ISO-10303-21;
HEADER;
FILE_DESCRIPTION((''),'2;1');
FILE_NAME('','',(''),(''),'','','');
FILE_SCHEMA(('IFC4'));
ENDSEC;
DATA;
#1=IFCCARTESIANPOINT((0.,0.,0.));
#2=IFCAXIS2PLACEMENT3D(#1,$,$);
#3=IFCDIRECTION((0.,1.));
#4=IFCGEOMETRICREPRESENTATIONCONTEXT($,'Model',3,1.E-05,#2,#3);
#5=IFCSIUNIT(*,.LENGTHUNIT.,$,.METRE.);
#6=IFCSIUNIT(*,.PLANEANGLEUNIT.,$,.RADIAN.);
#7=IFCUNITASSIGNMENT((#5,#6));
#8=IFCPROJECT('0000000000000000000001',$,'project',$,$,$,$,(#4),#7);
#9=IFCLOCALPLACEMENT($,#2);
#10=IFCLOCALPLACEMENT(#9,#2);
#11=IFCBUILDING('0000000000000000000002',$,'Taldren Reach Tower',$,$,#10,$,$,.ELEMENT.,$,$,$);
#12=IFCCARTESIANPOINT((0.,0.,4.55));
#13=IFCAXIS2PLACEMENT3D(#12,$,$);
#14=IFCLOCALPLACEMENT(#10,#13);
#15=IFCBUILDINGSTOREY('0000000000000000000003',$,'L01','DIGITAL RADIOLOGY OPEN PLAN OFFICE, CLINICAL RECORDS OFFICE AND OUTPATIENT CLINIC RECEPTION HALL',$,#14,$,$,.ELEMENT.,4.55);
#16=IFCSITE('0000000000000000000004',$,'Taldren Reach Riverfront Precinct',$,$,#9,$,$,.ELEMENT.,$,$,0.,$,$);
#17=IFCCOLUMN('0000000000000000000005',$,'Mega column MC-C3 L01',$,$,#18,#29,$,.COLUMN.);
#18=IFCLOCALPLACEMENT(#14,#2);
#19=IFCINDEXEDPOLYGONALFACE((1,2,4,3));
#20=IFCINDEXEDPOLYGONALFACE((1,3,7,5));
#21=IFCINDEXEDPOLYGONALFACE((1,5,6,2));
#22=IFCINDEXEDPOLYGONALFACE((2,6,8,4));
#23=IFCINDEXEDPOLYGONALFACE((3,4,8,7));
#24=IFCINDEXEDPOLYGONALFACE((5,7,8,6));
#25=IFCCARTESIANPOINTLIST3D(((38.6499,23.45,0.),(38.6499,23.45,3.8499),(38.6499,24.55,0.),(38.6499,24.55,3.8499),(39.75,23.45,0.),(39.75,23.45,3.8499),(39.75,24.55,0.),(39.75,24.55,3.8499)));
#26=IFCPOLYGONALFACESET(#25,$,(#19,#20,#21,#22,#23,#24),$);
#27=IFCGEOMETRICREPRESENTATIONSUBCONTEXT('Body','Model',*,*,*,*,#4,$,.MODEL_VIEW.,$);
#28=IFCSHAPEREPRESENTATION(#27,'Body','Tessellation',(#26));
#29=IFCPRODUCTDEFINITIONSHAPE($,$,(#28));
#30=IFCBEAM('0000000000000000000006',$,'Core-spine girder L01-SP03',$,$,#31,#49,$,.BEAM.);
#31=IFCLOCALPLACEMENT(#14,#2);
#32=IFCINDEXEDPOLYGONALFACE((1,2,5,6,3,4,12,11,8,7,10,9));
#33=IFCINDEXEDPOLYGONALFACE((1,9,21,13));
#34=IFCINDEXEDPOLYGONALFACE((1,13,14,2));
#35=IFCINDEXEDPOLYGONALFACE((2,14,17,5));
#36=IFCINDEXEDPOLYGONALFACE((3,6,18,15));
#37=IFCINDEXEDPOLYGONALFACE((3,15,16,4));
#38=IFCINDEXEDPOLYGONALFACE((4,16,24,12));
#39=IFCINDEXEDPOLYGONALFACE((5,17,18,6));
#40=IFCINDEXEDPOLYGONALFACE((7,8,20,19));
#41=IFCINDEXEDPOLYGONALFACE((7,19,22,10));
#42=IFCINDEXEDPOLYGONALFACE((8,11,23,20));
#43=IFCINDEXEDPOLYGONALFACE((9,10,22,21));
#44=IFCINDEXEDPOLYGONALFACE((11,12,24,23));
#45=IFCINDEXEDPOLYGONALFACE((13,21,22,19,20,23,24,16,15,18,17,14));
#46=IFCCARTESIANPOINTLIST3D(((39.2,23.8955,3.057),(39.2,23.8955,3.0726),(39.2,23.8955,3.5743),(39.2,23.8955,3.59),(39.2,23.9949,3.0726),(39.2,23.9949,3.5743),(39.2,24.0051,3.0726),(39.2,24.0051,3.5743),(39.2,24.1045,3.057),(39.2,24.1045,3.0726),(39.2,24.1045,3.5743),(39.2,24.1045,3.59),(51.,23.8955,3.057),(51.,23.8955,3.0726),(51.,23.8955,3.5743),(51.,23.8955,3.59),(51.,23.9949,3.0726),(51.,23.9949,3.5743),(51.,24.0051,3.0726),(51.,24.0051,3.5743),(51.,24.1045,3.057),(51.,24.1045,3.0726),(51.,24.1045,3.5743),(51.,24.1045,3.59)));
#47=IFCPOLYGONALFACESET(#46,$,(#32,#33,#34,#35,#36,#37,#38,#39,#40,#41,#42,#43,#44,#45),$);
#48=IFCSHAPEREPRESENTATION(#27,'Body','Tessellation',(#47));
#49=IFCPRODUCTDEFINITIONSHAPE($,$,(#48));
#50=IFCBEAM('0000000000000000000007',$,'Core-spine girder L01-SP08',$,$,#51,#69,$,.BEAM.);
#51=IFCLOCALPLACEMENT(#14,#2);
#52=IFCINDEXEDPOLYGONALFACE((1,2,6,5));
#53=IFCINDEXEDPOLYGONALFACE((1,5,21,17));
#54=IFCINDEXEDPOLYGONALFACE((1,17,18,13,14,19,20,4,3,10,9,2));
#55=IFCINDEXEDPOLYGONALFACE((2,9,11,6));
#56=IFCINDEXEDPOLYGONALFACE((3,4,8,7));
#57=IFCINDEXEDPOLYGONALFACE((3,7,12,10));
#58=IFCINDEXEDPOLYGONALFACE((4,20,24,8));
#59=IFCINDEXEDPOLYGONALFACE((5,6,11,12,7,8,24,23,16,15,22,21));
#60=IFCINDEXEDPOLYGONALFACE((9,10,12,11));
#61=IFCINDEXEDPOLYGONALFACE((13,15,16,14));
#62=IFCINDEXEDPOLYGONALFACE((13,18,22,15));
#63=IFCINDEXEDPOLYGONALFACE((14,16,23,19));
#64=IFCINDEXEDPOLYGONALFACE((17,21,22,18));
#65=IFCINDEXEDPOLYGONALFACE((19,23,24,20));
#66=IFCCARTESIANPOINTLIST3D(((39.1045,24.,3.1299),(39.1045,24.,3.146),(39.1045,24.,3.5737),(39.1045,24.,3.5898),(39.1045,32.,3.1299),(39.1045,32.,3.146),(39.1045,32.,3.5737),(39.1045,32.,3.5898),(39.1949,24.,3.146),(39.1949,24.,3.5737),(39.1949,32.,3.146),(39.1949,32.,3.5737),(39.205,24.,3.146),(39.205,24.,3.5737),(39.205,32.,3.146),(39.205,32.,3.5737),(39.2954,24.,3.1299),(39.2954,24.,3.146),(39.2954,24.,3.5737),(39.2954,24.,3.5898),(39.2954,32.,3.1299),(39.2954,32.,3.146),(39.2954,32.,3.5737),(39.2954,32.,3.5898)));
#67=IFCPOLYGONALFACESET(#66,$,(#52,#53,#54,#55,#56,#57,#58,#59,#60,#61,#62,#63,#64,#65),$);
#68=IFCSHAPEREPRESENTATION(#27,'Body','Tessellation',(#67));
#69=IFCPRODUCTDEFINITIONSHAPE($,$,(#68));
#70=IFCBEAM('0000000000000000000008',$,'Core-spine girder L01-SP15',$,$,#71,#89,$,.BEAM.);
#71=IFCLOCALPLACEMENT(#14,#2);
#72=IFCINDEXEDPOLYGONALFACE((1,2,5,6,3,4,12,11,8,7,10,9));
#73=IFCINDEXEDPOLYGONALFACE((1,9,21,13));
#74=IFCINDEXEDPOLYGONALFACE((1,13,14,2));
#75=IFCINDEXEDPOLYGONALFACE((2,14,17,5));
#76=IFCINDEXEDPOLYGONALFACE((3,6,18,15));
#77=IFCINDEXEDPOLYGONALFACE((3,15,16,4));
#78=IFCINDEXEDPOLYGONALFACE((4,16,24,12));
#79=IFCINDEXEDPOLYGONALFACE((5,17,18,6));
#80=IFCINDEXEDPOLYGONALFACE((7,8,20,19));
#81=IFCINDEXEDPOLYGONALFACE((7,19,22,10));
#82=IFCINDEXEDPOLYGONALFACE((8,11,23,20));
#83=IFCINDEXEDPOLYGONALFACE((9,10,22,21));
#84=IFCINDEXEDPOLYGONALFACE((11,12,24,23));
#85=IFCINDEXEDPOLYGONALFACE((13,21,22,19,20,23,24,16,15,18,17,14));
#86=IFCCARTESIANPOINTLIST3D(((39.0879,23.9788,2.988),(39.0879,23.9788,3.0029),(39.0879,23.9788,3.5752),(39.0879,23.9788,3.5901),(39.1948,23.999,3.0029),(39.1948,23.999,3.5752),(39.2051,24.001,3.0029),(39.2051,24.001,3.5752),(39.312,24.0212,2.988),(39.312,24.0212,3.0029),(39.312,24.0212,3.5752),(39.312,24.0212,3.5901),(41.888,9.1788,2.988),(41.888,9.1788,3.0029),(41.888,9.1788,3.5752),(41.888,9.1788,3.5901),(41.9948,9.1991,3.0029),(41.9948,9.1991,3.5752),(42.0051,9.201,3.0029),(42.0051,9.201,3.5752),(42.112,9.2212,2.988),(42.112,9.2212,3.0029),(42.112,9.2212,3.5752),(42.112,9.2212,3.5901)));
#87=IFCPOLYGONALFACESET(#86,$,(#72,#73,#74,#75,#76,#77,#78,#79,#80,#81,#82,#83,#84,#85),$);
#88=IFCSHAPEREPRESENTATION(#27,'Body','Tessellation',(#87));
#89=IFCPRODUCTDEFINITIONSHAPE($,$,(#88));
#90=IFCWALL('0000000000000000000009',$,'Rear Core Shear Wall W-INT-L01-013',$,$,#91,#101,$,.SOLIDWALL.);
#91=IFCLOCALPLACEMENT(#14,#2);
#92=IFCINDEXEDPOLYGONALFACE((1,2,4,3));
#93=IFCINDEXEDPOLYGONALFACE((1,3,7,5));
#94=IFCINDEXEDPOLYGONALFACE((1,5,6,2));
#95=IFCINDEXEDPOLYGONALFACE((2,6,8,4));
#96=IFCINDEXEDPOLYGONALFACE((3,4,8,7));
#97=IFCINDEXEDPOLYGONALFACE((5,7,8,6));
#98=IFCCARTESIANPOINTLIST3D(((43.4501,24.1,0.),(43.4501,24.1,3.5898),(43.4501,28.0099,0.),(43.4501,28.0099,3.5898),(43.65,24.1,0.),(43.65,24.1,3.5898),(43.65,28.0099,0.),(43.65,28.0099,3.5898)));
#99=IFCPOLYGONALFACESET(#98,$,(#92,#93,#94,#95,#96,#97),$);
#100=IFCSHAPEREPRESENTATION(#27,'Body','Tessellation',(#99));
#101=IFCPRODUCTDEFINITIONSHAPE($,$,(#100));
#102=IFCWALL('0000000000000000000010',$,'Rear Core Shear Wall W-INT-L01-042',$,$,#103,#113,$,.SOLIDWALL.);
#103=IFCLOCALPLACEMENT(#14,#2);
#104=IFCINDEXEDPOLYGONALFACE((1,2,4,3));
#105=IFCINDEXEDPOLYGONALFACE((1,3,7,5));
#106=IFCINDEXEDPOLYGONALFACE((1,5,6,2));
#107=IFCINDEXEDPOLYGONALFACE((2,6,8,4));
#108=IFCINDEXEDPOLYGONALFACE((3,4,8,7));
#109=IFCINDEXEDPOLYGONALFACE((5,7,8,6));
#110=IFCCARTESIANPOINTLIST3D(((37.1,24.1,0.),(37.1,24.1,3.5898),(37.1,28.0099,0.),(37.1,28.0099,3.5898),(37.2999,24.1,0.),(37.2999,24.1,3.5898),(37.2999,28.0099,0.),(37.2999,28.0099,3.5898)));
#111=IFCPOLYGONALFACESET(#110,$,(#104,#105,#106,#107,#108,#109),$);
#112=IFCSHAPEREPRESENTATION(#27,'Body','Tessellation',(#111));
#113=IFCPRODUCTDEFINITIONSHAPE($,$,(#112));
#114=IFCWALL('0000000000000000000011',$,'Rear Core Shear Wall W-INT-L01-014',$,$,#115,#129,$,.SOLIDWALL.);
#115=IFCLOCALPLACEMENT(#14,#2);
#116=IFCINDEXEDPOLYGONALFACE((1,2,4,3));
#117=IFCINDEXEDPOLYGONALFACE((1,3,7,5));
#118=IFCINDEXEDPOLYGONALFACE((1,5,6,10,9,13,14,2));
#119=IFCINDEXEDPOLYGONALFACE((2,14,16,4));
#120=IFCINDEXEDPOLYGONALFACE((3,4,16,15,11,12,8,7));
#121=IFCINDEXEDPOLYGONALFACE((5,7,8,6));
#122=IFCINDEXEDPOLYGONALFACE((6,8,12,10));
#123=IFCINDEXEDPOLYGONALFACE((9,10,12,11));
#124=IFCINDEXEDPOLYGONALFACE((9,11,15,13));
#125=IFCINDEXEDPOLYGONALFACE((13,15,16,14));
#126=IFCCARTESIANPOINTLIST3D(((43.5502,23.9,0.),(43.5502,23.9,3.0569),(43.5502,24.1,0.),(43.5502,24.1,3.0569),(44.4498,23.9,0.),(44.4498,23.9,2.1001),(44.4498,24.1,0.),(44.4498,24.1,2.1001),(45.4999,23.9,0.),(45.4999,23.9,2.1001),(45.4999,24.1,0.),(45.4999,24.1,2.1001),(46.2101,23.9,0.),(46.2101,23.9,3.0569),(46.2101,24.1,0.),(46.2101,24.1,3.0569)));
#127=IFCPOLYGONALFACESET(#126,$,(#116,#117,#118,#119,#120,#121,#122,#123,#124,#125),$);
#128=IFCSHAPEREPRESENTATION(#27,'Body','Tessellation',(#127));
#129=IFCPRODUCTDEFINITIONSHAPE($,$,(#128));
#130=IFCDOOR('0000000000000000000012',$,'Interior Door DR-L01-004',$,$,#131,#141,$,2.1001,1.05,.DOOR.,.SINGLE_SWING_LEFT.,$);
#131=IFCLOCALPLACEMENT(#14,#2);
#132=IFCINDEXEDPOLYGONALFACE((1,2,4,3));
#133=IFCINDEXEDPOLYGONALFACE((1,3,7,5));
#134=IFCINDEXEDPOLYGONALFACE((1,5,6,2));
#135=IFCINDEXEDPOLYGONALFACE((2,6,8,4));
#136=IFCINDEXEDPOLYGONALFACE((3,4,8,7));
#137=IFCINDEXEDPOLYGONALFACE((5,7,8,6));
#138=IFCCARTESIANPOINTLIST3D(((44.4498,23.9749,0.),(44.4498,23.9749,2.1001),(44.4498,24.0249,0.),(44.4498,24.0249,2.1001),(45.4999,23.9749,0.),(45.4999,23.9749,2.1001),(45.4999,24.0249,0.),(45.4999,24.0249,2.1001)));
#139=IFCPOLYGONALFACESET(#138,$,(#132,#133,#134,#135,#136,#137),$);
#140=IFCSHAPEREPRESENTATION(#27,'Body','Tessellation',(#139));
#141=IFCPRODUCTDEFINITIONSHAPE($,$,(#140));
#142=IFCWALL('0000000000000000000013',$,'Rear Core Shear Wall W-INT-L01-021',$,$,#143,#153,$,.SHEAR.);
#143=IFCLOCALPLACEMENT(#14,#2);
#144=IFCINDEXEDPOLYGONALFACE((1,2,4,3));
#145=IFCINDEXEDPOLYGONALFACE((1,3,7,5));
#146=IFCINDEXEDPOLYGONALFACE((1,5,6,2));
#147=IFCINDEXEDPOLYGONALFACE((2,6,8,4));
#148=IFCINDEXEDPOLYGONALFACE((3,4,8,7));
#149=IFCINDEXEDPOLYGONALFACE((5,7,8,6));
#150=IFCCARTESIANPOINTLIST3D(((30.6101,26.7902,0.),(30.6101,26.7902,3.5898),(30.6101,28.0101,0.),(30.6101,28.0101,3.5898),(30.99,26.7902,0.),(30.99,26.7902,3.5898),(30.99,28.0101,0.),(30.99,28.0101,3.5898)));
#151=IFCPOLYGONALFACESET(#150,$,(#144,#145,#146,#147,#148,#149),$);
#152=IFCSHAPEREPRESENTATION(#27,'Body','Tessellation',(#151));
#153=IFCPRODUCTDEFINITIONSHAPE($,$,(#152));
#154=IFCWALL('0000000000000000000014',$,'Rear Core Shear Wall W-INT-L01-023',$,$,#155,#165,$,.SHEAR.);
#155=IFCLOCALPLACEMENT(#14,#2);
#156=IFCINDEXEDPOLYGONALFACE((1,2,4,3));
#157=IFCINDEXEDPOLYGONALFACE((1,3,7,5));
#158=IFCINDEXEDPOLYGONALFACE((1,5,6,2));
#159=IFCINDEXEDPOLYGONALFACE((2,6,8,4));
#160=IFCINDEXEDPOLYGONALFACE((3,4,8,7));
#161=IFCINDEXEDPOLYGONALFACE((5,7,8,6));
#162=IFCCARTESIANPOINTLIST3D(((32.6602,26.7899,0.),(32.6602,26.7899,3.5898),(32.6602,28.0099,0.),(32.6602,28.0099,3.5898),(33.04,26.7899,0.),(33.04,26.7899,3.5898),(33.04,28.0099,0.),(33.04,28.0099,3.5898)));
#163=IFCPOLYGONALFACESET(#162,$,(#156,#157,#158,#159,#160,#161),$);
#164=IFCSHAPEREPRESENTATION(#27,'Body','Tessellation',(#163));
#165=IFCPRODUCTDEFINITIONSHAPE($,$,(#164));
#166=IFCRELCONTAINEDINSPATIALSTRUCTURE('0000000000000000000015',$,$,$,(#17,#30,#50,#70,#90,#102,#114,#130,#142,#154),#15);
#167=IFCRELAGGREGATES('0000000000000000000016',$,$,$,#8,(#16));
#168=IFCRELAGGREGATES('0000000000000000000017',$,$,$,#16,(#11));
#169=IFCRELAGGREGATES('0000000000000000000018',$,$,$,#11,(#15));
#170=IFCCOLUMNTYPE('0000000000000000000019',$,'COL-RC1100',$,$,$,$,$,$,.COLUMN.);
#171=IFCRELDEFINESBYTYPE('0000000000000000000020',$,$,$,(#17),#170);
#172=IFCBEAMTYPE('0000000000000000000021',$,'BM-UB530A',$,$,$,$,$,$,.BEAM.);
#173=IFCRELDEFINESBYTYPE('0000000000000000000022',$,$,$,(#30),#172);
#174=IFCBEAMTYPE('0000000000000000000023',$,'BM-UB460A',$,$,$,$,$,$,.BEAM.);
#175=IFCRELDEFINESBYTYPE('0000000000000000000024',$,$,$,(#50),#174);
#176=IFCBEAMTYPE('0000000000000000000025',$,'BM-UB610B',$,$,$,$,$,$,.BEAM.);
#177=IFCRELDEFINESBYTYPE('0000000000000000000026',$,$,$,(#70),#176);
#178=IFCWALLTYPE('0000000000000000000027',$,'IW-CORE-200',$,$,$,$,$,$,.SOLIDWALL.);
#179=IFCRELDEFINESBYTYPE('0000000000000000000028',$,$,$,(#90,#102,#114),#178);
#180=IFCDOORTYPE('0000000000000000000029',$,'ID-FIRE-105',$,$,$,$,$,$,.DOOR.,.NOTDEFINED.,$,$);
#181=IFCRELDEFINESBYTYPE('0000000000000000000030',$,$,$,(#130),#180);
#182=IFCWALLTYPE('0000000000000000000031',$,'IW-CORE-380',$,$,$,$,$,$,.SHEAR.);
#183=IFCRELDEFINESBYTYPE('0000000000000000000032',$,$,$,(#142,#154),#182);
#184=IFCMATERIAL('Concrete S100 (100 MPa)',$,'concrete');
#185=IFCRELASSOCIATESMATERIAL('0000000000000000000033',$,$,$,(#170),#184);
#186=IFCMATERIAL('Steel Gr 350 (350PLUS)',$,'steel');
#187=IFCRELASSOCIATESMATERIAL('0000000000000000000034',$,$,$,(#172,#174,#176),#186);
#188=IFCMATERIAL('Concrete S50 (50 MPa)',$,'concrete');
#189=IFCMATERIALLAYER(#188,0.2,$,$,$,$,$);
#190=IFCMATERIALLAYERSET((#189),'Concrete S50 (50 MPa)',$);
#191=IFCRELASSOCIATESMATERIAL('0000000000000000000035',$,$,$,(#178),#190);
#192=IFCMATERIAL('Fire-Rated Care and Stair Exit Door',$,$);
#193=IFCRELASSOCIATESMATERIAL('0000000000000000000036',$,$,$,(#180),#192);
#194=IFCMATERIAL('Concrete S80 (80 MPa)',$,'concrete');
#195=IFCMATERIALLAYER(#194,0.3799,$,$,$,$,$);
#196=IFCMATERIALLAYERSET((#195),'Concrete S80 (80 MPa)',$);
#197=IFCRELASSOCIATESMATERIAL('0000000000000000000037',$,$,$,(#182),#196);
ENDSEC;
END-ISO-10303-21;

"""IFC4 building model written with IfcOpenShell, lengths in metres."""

from ifc_helpers import new_model, si_unit, direction, frame, frame_2d, origin, origin_2d, place, context, subcontext, project, spatial, rectangle, i_section, extrude, source, transform, mapped, material, layer, layer_set, material_profile, profile_set, type_object, element, fill, save


model = new_model("IFC4")

# Units and contexts
model_context = context("Model", 3, precision=1e-05, world=origin(), true_north=direction((0.0, 1.0)))
body_context = subcontext(model_context, "Body", "Model", "MODEL_VIEW")
ifc_project = project(units=[si_unit("LENGTHUNIT", "METRE"), si_unit("PLANEANGLEUNIT", "RADIAN")], contexts=[model_context])

# Site, building, storey
site_placement = place(None, origin())
site = spatial("IfcSite", under=ifc_project, at=site_placement, Name="Taldren Reach Riverfront Precinct", CompositionType="ELEMENT", RefElevation=0.0)
building_placement = place(site_placement, origin())
building = spatial("IfcBuilding", under=site, at=building_placement, Name="Taldren Reach Tower", CompositionType="ELEMENT")
storey_placement = place(building_placement, frame((0.0, 0.0, 4.55)))
storey = spatial("IfcBuildingStorey", under=building, at=storey_placement, Name="L01", Description="DIGITAL RADIOLOGY OPEN PLAN OFFICE, CLINICAL RECORDS OFFICE AND OUTPATIENT CLINIC RECEPTION HALL", CompositionType="ELEMENT", Elevation=4.55)

# Column
ifc_material_1 = material(Name="Concrete S100 (100 MPa)", Category="concrete")
ifc_material_profile_1 = material_profile(ifc_material_1, rectangle(XDim=1.1001, YDim=1.1001, at=origin_2d()), Name="RC-1100x1100")
ifc_profile_set_1 = profile_set([ifc_material_profile_1], Name="Concrete S100 (100 MPa)")
column_type = type_object("IfcColumnType", Name="COL-RC1100", PredefinedType="COLUMN", material=ifc_profile_set_1)
shared_shape_1 = source(origin(), body_context, "Body", "SweptSolid", [
    extrude(rectangle(XDim=1.1001, YDim=1.1001, at=origin_2d()), origin(), (0.0, 0.0, 1.0), 3.8499),
])
column_placement = place(storey_placement, frame((39.2, 24.0, 0.0), z_axis=(0.0, 0.0, 1.0), x_axis=(1.0, 0.0, 0.0)))
element("IfcColumn", 1, at=column_placement, inside=storey, type_object=column_type, Name="Mega column MC-C3 L01", PredefinedType="COLUMN", context=body_context, shape_type="MappedRepresentation", body=[
    mapped(shared_shape_1, transform((0.0, 0.0, 0.0), scale=1.0)),
])

# Beams
ifc_material_2 = material(Name="Steel Gr 350 (350PLUS)", Category="steel")
ifc_material_profile_2 = material_profile(ifc_material_2, i_section(OverallWidth=0.209, OverallDepth=0.533, WebThickness=0.0103, FlangeThickness=0.0156, at=origin_2d()), Name="530UB92.4")
ifc_profile_set_2 = profile_set([ifc_material_profile_2], Name="Steel Gr 350 (350PLUS)")
beam_type_1 = type_object("IfcBeamType", Name="BM-UB530A", PredefinedType="BEAM", material=ifc_profile_set_2)
shared_shape_2 = source(origin(), body_context, "Body", "SweptSolid", [
    extrude(i_section(OverallWidth=0.209, OverallDepth=0.533, WebThickness=0.0103, FlangeThickness=0.0156, at=origin_2d()), origin(), (0.0, 0.0, 1.0), 11.8),
])
beam_1_placement = place(storey_placement, frame((39.2, 24.0, 3.3235), z_axis=(1.0, 0.0, 0.0), x_axis=(0.0, 1.0, 0.0)))
element("IfcBeam", 2, at=beam_1_placement, inside=storey, type_object=beam_type_1, Name="Core-spine girder L01-SP03", PredefinedType="BEAM", context=body_context, shape_type="MappedRepresentation", body=[
    mapped(shared_shape_2, transform((0.0, 0.0, 0.0), scale=1.0)),
])
ifc_material_profile_3 = material_profile(ifc_material_2, i_section(OverallWidth=0.1909, OverallDepth=0.46, WebThickness=0.01, FlangeThickness=0.0161, at=origin_2d()), Name="460UB82.1")
ifc_profile_set_3 = profile_set([ifc_material_profile_3], Name="Steel Gr 350 (350PLUS)")
beam_type_2 = type_object("IfcBeamType", Name="BM-UB460A", PredefinedType="BEAM", material=ifc_profile_set_3)
shared_shape_3 = source(origin(), body_context, "Body", "SweptSolid", [
    extrude(i_section(OverallWidth=0.1909, OverallDepth=0.46, WebThickness=0.01, FlangeThickness=0.0161, at=origin_2d()), origin(), (0.0, 0.0, 1.0), 8.0),
])
beam_2_placement = place(storey_placement, frame((39.2, 24.0, 3.3599), z_axis=(0.0, 1.0, 0.0), x_axis=(-1.0, 0.0, 0.0)))
element("IfcBeam", 3, at=beam_2_placement, inside=storey, type_object=beam_type_2, Name="Core-spine girder L01-SP08", PredefinedType="BEAM", context=body_context, shape_type="MappedRepresentation", body=[
    mapped(shared_shape_3, transform((0.0, 0.0, 0.0), scale=1.0)),
])
ifc_material_profile_4 = material_profile(ifc_material_2, i_section(OverallWidth=0.228, OverallDepth=0.6021, WebThickness=0.0105, FlangeThickness=0.0149, at=origin_2d()), Name="610UB101")
ifc_profile_set_4 = profile_set([ifc_material_profile_4], Name="Steel Gr 350 (350PLUS)")
beam_type_3 = type_object("IfcBeamType", Name="BM-UB610B", PredefinedType="BEAM", material=ifc_profile_set_4)
shared_shape_4 = source(origin(), body_context, "Body", "SweptSolid", [
    extrude(i_section(OverallWidth=0.228, OverallDepth=0.6021, WebThickness=0.0105, FlangeThickness=0.0149, at=origin_2d()), origin(), (0.0, 0.0, 1.0), 15.0625),
])
beam_3_placement = place(storey_placement, frame((39.2, 24.0, 3.2891), z_axis=(0.185894, -0.98257, 0.0), x_axis=(0.98257, 0.185894, 0.0)))
element("IfcBeam", 4, at=beam_3_placement, inside=storey, type_object=beam_type_3, Name="Core-spine girder L01-SP15", PredefinedType="BEAM", context=body_context, shape_type="MappedRepresentation", body=[
    mapped(shared_shape_4, transform((0.0, 0.0, 0.0), scale=1.0)),
])

# Walls
ifc_material_3 = material(Name="Concrete S50 (50 MPa)", Category="concrete")
ifc_layer_1 = layer(ifc_material_3, 0.2)
ifc_layer_set_1 = layer_set([ifc_layer_1], Name="Concrete S50 (50 MPa)")
wall_type_1 = type_object("IfcWallType", Name="IW-CORE-200", PredefinedType="SOLIDWALL", material=ifc_layer_set_1)
shared_shape_5 = source(origin(), body_context, "Body", "SweptSolid", [
    extrude(rectangle(XDim=3.9099, YDim=0.2, at=frame_2d((1.9551, 0.0))), origin(), (0.0, 0.0, 1.0), 3.5898),
])
for number, where, z_axis, x_axis, name in (
    (5, (43.55, 28.01, 0.0), (0.0, 0.0, 1.0), (0.0, -1.0, 0.0), "Rear Core Shear Wall W-INT-L01-013"),
    (6, (37.2, 28.01, 0.0), (0.0, 0.0, 1.0), (0.0, -1.0, 0.0), "Rear Core Shear Wall W-INT-L01-042"),
):
    element("IfcWall", number, at=place(storey_placement, frame(where, z_axis=z_axis, x_axis=x_axis)), inside=storey, type_object=wall_type_1, Name=name, PredefinedType="SOLIDWALL", context=body_context, shape_type="MappedRepresentation", body=[
        mapped(shared_shape_5, transform((0.0, 0.0, 0.0), scale=1.0)),
    ])

# Wall, opening, door
shared_shape_6 = source(origin(), body_context, "Body", "SweptSolid", [
    extrude(rectangle(XDim=2.6599, YDim=0.2, at=frame_2d((1.3301, 0.0))), origin(), (0.0, 0.0, 1.0), 3.0569),
])
wall_1_placement = place(storey_placement, frame((43.55, 24.0, 0.0), z_axis=(0.0, 0.0, 1.0), x_axis=(1.0, 0.0, 0.0)))
wall_1 = element("IfcWall", 7, at=wall_1_placement, inside=storey, type_object=wall_type_1, Name="Rear Core Shear Wall W-INT-L01-014", PredefinedType="SOLIDWALL", context=body_context, shape_type="MappedRepresentation", body=[
    mapped(shared_shape_6, transform((0.0, 0.0, 0.0), scale=1.0)),
])
shared_shape_7 = source(origin(), body_context, "Body", "SweptSolid", [
    extrude(rectangle(XDim=1.05, YDim=2.1001, at=frame_2d((0.5249, 1.05))), frame((0.0, 0.1099, 0.0), z_axis=(0.0, -1.0, 0.0), x_axis=(1.0, 0.0, 0.0)), (0.0, 0.0, 1.0), 0.22),
])
opening_1_placement = place(wall_1_placement, frame((0.8999, 0.0, 0.0)))
opening_1 = element("IfcOpeningElement", 8, at=opening_1_placement, cuts=wall_1, PredefinedType="OPENING", context=body_context, shape_type="MappedRepresentation", body=[
    mapped(shared_shape_7, transform((0.0, 0.0, 0.0), scale=1.0)),
])
ifc_material_4 = material(Name="Fire-Rated Care and Stair Exit Door")
door_type = type_object("IfcDoorType", Name="ID-FIRE-105", OperationType="NOTDEFINED", PredefinedType="DOOR", material=ifc_material_4)
shared_shape_8 = source(origin(), body_context, "Body", "SweptSolid", [
    extrude(rectangle(XDim=1.05, YDim=2.1001, at=frame_2d((0.5249, 1.05))), frame((0.0, 0.0249, 0.0), z_axis=(0.0, -1.0, 0.0), x_axis=(1.0, 0.0, 0.0)), (0.0, 0.0, 1.0), 0.05),
])
door_1_placement = place(opening_1_placement, origin())
door_1 = element("IfcDoor", 9, at=door_1_placement, inside=storey, type_object=door_type, Name="Interior Door DR-L01-004", OperationType="SINGLE_SWING_LEFT", OverallHeight=2.1001, OverallWidth=1.05, PredefinedType="DOOR", context=body_context, shape_type="MappedRepresentation", body=[
    mapped(shared_shape_8, transform((0.0, 0.0, 0.0), scale=1.0)),
])
fill(opening_1, door_1)

# Walls
ifc_material_5 = material(Name="Concrete S80 (80 MPa)", Category="concrete")
ifc_layer_2 = layer(ifc_material_5, 0.3799)
ifc_layer_set_2 = layer_set([ifc_layer_2], Name="Concrete S80 (80 MPa)")
wall_type_2 = type_object("IfcWallType", Name="IW-CORE-380", PredefinedType="SHEAR", material=ifc_layer_set_2)
shared_shape_9 = source(origin(), body_context, "Body", "SweptSolid", [
    extrude(rectangle(XDim=1.22, YDim=0.3799, at=frame_2d((0.6099, 0.0))), origin(), (0.0, 0.0, 1.0), 3.5898),
])
for number, where, z_axis, x_axis, name in (
    (10, (30.8, 28.01, 0.0), (0.0, 0.0, 1.0), (0.0, -1.0, 0.0), "Rear Core Shear Wall W-INT-L01-021"),
    (11, (32.8501, 26.79, 0.0), (0.0, 0.0, 1.0), (0.0, 1.0, 0.0), "Rear Core Shear Wall W-INT-L01-023"),
):
    element("IfcWall", number, at=place(storey_placement, frame(where, z_axis=z_axis, x_axis=x_axis)), inside=storey, type_object=wall_type_2, Name=name, PredefinedType="SHEAR", context=body_context, shape_type="MappedRepresentation", body=[
        mapped(shared_shape_9, transform((0.0, 0.0, 0.0), scale=1.0)),
    ])

save(model, "model.ifc")
